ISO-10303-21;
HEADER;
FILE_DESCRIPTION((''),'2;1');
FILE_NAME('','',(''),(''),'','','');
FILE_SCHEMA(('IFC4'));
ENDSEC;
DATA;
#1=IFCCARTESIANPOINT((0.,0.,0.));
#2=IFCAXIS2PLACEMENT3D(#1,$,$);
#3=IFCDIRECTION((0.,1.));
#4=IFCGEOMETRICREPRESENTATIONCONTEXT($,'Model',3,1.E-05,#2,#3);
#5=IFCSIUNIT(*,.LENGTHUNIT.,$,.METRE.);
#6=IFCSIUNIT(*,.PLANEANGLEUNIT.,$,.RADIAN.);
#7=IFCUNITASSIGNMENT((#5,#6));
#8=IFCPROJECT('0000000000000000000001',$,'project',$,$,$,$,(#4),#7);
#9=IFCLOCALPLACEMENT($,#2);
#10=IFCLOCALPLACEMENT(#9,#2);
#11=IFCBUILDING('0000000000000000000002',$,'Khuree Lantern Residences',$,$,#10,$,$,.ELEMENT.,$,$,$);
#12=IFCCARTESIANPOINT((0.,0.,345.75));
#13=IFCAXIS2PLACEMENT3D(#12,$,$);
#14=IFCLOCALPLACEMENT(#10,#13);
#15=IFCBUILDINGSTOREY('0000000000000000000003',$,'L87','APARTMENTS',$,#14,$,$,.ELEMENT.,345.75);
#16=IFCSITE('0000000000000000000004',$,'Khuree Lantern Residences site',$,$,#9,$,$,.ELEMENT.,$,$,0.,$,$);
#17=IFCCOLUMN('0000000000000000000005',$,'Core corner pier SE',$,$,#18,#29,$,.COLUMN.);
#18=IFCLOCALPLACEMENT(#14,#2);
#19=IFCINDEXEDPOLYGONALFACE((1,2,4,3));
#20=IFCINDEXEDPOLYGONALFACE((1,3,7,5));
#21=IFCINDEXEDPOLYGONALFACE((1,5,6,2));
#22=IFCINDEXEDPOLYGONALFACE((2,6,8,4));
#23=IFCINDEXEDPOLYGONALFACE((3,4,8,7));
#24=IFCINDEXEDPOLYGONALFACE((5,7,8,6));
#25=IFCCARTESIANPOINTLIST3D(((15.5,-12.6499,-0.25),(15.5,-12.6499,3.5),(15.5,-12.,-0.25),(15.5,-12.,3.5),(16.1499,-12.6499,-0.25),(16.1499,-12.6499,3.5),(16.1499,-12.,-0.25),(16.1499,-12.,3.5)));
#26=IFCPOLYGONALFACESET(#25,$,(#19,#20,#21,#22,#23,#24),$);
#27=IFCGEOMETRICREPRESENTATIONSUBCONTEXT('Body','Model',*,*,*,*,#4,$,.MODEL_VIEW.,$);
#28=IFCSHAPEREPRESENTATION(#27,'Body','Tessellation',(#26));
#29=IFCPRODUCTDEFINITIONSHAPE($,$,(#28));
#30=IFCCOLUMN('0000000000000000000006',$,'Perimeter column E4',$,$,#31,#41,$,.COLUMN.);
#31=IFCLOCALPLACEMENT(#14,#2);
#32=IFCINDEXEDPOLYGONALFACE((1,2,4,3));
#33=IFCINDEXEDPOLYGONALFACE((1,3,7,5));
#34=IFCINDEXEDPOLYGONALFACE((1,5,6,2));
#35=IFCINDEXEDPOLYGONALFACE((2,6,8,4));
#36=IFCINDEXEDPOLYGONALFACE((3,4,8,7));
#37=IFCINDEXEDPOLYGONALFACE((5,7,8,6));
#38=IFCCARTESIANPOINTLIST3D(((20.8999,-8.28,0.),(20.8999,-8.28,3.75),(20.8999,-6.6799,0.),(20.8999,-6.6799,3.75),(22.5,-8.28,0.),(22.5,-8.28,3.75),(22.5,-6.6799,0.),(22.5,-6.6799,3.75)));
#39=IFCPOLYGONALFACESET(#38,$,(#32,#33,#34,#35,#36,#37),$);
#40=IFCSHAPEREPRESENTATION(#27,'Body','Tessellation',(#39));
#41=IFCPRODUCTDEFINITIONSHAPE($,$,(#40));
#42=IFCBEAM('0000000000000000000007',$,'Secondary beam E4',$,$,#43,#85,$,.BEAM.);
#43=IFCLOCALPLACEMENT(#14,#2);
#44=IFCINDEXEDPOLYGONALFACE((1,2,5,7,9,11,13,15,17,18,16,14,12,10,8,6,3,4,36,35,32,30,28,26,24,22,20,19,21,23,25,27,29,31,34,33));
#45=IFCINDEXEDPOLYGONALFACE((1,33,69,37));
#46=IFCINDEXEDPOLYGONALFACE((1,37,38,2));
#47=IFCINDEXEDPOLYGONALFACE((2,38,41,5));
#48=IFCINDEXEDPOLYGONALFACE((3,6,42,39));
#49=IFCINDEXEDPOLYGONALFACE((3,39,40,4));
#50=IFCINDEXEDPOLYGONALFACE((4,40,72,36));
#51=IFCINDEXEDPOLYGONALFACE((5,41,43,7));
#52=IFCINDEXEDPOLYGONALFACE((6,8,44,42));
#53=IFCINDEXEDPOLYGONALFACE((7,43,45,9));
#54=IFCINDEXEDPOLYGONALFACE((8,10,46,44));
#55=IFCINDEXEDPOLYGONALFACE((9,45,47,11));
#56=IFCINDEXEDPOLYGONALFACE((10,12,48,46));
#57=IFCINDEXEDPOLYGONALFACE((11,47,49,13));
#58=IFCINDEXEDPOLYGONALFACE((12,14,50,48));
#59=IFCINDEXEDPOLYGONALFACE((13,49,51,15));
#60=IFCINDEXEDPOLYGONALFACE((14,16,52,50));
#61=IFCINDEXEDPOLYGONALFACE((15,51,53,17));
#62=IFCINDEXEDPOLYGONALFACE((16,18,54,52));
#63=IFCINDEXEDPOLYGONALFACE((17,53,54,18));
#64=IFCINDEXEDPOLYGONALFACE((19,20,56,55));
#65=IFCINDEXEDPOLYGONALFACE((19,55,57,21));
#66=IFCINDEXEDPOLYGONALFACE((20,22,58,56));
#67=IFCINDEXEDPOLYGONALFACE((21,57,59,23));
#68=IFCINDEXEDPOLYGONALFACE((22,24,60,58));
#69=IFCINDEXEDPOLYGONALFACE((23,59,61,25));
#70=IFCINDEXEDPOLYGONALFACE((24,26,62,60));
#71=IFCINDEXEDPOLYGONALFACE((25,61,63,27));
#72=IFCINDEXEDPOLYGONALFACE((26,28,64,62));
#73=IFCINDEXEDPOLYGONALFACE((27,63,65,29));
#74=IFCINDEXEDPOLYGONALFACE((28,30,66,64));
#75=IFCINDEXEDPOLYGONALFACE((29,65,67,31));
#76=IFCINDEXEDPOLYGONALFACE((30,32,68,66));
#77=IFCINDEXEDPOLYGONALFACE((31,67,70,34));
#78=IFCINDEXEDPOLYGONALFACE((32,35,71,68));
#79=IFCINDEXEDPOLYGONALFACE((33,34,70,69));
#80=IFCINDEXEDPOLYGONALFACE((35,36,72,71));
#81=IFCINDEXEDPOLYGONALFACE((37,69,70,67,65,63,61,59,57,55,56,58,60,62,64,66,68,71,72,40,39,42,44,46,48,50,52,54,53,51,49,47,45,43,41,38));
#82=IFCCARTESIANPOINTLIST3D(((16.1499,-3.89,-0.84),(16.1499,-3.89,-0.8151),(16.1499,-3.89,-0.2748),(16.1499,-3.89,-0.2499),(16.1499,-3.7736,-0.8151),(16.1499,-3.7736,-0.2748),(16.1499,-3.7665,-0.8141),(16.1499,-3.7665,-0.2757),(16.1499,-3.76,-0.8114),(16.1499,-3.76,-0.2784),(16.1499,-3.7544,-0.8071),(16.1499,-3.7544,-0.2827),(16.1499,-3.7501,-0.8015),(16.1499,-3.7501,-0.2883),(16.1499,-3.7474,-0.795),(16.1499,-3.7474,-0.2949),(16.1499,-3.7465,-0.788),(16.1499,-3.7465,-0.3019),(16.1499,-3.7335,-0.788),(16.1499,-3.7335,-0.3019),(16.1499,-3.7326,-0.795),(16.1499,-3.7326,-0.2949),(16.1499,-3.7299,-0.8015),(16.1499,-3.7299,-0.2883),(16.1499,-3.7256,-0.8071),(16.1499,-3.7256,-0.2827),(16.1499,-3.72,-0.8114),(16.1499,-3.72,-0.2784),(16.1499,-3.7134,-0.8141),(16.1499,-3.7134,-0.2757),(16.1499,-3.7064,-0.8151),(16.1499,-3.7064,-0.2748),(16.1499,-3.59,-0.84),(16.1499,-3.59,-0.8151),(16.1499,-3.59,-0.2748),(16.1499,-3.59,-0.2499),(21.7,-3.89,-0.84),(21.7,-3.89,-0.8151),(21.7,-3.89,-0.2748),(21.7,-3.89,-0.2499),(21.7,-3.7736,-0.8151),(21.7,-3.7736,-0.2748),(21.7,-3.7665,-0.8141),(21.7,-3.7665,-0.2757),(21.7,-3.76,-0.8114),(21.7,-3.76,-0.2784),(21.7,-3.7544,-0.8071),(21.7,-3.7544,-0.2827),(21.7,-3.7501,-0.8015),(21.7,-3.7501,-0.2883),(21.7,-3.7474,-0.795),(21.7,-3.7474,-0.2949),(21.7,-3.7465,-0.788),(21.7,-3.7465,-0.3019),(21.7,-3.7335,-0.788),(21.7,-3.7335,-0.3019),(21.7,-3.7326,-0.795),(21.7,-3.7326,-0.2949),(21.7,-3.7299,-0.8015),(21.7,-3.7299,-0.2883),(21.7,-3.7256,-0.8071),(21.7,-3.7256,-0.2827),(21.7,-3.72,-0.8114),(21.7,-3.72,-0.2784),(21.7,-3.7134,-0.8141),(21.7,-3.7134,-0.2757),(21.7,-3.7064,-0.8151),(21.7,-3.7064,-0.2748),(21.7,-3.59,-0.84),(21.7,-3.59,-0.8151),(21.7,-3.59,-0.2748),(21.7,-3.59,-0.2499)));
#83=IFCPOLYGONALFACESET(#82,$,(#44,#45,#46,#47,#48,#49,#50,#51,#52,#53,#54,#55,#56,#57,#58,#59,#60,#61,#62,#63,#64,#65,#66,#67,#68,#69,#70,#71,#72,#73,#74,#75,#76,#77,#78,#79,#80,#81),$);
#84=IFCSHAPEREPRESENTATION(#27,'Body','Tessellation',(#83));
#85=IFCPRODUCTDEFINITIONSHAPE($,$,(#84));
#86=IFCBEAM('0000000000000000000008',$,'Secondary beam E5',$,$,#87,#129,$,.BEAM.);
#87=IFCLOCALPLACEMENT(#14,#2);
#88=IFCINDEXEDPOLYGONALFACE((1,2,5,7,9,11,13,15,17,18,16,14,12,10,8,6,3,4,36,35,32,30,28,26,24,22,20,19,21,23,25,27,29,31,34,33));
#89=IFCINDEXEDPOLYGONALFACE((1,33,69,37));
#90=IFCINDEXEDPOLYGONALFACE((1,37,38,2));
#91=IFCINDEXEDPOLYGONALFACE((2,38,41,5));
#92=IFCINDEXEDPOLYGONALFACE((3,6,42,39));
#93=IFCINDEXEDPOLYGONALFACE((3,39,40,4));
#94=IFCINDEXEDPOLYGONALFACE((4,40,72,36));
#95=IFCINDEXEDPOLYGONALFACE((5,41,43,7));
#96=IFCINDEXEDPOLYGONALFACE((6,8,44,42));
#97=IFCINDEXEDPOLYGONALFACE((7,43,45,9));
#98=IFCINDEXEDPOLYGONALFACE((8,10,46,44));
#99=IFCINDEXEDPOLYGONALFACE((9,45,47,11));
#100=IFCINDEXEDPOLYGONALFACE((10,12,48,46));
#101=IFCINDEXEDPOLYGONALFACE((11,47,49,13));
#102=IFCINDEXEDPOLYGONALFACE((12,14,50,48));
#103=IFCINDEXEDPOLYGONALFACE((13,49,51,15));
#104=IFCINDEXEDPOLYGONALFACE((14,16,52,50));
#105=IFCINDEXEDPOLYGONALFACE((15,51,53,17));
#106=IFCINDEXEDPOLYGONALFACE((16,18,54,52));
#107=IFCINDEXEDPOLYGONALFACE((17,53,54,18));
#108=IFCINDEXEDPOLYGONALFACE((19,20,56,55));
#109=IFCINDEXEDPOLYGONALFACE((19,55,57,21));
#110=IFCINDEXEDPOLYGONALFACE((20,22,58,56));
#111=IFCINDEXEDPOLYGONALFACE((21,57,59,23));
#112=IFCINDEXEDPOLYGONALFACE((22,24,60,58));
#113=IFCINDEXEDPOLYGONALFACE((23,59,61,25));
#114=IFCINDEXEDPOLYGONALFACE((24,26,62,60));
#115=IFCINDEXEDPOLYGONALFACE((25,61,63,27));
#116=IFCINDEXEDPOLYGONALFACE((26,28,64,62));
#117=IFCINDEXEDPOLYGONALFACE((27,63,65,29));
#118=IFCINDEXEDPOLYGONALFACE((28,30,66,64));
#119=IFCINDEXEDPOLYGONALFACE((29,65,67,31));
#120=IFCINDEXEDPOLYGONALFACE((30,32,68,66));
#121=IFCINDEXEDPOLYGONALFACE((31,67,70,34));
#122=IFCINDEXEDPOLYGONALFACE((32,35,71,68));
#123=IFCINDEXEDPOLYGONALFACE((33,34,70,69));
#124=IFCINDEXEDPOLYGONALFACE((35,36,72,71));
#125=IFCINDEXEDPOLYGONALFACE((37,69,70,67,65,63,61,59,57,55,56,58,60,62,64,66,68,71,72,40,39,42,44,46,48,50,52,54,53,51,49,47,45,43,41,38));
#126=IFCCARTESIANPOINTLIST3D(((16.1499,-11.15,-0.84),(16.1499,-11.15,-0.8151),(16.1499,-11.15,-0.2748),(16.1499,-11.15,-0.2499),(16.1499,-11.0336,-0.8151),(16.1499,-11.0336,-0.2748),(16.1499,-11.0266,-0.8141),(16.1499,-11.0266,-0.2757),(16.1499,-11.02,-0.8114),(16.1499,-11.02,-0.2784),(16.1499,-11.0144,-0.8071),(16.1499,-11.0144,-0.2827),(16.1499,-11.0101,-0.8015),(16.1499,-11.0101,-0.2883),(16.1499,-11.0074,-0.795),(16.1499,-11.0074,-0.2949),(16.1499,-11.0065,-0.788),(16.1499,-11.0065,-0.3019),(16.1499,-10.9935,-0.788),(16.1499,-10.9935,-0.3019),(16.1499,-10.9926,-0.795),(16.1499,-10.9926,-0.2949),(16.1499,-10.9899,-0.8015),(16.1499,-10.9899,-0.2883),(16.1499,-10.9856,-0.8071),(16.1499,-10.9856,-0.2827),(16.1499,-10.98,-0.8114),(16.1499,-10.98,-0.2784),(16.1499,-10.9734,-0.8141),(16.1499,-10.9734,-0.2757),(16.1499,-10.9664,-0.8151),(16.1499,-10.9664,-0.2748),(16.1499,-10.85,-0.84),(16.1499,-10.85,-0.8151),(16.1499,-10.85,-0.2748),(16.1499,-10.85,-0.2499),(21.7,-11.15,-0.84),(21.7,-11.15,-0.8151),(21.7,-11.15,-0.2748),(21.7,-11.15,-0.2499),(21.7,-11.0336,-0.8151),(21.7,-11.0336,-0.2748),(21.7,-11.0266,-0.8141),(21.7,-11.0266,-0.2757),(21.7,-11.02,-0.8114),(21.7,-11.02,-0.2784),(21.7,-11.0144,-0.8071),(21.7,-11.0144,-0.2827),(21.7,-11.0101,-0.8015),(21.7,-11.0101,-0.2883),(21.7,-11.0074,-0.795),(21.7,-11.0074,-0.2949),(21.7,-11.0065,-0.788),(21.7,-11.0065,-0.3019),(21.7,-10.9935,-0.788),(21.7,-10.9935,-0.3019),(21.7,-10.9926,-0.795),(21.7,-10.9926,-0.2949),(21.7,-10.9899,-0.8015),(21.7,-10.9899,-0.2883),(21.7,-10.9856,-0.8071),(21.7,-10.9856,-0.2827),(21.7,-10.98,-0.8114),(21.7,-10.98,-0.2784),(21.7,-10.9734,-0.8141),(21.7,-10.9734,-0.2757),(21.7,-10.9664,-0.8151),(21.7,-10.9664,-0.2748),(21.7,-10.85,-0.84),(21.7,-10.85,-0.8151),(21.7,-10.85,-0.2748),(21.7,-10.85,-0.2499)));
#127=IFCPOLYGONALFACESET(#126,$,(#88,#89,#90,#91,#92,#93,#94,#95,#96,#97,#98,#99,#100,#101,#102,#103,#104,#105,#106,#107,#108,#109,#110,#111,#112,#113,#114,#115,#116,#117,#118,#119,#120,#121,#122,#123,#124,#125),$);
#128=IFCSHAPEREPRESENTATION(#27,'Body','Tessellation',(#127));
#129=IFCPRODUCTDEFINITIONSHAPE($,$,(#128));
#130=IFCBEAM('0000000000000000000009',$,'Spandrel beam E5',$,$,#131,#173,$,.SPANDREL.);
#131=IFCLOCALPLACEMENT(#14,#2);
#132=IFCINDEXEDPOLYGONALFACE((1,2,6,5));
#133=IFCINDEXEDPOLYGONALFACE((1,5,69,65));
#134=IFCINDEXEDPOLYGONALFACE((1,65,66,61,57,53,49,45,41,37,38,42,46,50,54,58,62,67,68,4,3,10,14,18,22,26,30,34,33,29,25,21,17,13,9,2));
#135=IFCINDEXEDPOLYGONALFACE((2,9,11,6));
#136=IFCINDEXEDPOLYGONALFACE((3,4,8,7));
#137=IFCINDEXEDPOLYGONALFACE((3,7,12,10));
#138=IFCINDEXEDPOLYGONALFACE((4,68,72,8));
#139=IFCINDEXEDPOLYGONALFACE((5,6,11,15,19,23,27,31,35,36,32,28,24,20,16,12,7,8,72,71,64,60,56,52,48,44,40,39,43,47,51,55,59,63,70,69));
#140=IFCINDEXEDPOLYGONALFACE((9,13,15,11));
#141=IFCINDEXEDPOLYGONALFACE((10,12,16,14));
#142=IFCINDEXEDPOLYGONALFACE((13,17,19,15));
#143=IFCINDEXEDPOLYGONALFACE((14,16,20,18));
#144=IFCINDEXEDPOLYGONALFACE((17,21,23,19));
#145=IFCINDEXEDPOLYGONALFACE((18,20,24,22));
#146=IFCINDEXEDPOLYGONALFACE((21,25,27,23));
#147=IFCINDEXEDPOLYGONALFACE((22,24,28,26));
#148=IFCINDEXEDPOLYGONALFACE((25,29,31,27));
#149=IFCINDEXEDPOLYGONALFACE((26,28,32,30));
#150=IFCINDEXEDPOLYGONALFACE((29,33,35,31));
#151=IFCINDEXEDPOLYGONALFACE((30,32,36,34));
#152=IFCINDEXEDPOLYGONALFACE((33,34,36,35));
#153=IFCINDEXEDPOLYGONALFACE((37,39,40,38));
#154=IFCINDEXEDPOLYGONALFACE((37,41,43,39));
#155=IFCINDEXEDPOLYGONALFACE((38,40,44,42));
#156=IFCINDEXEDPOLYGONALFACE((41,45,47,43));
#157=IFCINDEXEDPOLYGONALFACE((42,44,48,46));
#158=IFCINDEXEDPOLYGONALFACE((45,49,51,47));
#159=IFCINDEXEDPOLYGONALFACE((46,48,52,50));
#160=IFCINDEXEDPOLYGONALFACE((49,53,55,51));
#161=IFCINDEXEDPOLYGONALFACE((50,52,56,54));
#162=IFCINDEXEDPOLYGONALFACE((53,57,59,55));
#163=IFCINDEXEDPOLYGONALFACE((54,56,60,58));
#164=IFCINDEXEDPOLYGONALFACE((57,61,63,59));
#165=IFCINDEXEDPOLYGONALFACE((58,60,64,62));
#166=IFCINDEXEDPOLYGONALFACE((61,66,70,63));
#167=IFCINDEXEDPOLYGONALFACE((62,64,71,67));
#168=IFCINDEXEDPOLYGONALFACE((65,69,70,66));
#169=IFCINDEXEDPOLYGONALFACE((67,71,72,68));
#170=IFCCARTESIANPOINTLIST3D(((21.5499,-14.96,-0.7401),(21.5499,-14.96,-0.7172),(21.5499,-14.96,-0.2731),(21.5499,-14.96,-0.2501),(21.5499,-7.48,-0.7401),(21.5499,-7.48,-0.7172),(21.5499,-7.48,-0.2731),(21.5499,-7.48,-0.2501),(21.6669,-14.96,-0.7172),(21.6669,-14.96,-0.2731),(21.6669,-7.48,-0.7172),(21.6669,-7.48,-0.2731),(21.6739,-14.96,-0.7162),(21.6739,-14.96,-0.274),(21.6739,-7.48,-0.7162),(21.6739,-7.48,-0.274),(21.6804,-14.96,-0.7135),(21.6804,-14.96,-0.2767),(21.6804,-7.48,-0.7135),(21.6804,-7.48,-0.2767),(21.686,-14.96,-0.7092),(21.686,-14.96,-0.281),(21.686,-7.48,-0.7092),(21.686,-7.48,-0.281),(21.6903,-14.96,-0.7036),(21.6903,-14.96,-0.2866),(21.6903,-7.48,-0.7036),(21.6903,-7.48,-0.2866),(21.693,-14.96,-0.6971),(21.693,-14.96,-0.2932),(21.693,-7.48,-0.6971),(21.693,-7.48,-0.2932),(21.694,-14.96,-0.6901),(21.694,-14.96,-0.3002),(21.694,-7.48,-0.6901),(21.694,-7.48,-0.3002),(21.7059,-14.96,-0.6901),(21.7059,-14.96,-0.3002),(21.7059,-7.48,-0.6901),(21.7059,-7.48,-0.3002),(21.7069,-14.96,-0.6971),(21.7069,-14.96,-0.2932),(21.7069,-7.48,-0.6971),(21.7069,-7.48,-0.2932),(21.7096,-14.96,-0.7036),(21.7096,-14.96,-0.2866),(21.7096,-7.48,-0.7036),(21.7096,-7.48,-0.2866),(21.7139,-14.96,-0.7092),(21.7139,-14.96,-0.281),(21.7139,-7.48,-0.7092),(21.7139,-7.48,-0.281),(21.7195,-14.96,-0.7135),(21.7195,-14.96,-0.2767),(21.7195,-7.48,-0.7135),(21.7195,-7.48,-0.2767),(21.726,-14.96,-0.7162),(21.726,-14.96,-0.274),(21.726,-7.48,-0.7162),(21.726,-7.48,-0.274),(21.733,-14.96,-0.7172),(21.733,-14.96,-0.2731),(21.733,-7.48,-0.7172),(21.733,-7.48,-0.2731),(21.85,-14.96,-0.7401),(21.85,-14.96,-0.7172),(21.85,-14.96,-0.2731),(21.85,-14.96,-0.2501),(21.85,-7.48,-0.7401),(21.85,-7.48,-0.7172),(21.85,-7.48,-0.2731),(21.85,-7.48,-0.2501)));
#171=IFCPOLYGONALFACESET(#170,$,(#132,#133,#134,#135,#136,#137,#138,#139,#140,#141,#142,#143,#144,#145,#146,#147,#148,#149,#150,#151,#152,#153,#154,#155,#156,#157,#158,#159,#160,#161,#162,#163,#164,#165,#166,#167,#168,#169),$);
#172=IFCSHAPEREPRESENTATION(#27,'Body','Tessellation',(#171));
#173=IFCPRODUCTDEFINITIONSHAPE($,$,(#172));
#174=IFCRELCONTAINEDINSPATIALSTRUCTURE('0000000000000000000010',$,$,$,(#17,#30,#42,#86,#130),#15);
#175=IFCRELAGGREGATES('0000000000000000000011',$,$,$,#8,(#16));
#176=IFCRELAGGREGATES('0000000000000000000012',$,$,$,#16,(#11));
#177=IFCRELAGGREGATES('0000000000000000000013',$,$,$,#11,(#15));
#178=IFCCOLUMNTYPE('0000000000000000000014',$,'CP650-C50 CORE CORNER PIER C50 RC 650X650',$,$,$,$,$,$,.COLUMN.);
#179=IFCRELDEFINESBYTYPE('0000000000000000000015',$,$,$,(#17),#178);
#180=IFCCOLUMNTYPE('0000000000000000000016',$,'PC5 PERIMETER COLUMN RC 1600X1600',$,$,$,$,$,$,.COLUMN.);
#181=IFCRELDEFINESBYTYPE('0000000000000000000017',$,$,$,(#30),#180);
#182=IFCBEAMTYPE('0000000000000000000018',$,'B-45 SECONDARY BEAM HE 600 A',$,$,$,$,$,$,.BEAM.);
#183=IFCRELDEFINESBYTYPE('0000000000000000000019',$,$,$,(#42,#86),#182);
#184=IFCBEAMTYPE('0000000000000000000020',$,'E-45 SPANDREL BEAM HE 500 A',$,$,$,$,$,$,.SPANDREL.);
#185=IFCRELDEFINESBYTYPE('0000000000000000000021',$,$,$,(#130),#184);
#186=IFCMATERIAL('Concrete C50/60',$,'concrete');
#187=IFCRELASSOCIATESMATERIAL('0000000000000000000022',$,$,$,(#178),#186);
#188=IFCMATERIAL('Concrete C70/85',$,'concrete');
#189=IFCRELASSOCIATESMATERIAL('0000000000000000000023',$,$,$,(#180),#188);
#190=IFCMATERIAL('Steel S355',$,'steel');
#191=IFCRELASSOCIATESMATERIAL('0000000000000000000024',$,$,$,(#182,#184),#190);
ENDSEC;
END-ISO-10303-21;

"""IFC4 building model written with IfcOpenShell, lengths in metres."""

from ifc_helpers import new_model, si_unit, direction, frame, origin, origin_2d, place, context, subcontext, project, spatial, rectangle, i_section, extrude, material, material_profile, profile_set, type_object, element, save


model = new_model("IFC4")

# Units and contexts
model_context = context("Model", 3, precision=1e-05, world=origin(), true_north=direction((0.0, 1.0)))
body_context = subcontext(model_context, "Body", "Model", "MODEL_VIEW")
ifc_project = project(units=[si_unit("LENGTHUNIT", "METRE"), si_unit("PLANEANGLEUNIT", "RADIAN")], contexts=[model_context])

# Site, building, storey
site_placement = place(None, origin())
site = spatial("IfcSite", under=ifc_project, at=site_placement, Name="Khuree Lantern Residences site", CompositionType="ELEMENT", RefElevation=0.0)
building_placement = place(site_placement, origin())
building = spatial("IfcBuilding", under=site, at=building_placement, Name="Khuree Lantern Residences", CompositionType="ELEMENT")
storey_placement = place(building_placement, frame((0.0, 0.0, 345.75)))
storey = spatial("IfcBuildingStorey", under=building, at=storey_placement, Name="L87", Description="APARTMENTS", CompositionType="ELEMENT", Elevation=345.75)

# Columns
ifc_material_1 = material(Name="Concrete C50/60", Category="concrete")
ifc_material_profile_1 = material_profile(ifc_material_1, rectangle(XDim=0.6499, YDim=0.6499, at=origin_2d()), Name="RC 650X650")
ifc_profile_set_1 = profile_set([ifc_material_profile_1], Name="Concrete C50/60")
column_type_1 = type_object("IfcColumnType", Name="CP650-C50 CORE CORNER PIER C50 RC 650X650", PredefinedType="COLUMN", material=ifc_profile_set_1)
column_1_placement = place(storey_placement, frame((15.825, -12.325, -0.25), z_axis=(0.0, 0.0, 1.0), x_axis=(1.0, 0.0, 0.0)))
element("IfcColumn", 1, at=column_1_placement, inside=storey, type_object=column_type_1, Name="Core corner pier SE", PredefinedType="COLUMN", context=body_context, shape_type="SweptSolid", body=[
    extrude(rectangle(XDim=0.6499, YDim=0.6499, at=origin_2d()), origin(), (0.0, 0.0, 1.0), 3.75),
])
ifc_material_2 = material(Name="Concrete C70/85", Category="concrete")
ifc_material_profile_2 = material_profile(ifc_material_2, rectangle(XDim=1.6001, YDim=1.6001, at=origin_2d()), Name="RC 1600X1600")
ifc_profile_set_2 = profile_set([ifc_material_profile_2], Name="Concrete C70/85")
column_type_2 = type_object("IfcColumnType", Name="PC5 PERIMETER COLUMN RC 1600X1600", PredefinedType="COLUMN", material=ifc_profile_set_2)
column_2_placement = place(storey_placement, frame((21.7, -7.48, 0.0), z_axis=(0.0, 0.0, 1.0), x_axis=(0.0, 1.0, 0.0)))
element("IfcColumn", 2, at=column_2_placement, inside=storey, type_object=column_type_2, Name="Perimeter column E4", PredefinedType="COLUMN", context=body_context, shape_type="SweptSolid", body=[
    extrude(rectangle(XDim=1.6001, YDim=1.6001, at=origin_2d()), origin(), (0.0, 0.0, 1.0), 3.75),
])

# Beams
ifc_material_3 = material(Name="Steel S355", Category="steel")
ifc_material_profile_3 = material_profile(ifc_material_3, i_section(OverallWidth=0.3, OverallDepth=0.5901, WebThickness=0.0129, FlangeThickness=0.0249, FilletRadius=0.0271, at=origin_2d()), Name="HE 600 A")
ifc_profile_set_3 = profile_set([ifc_material_profile_3], Name="Steel S355")
beam_type_1 = type_object("IfcBeamType", Name="B-45 SECONDARY BEAM HE 600 A", PredefinedType="BEAM", material=ifc_profile_set_3)
for number, where, z_axis, x_axis, name in (
    (3, (21.7, -3.74, -0.5449), (-1.0, 0.0, 0.0), (0.0, -1.0, 0.0), "Secondary beam E4"),
    (4, (21.7, -11.0, -0.5449), (-1.0, 0.0, 0.0), (0.0, -1.0, 0.0), "Secondary beam E5"),
):
    element("IfcBeam", number, at=place(storey_placement, frame(where, z_axis=z_axis, x_axis=x_axis)), inside=storey, type_object=beam_type_1, Name=name, PredefinedType="BEAM", context=body_context, shape_type="SweptSolid", body=[
        extrude(i_section(OverallWidth=0.3, OverallDepth=0.5901, WebThickness=0.0129, FlangeThickness=0.0249, FilletRadius=0.0271, at=origin_2d()), origin(), (0.0, 0.0, 1.0), 5.55),
    ])
ifc_material_profile_4 = material_profile(ifc_material_3, i_section(OverallWidth=0.3, OverallDepth=0.49, WebThickness=0.012, FlangeThickness=0.0229, FilletRadius=0.0271, at=origin_2d()), Name="HE 500 A")
ifc_profile_set_4 = profile_set([ifc_material_profile_4], Name="Steel S355")
beam_type_2 = type_object("IfcBeamType", Name="E-45 SPANDREL BEAM HE 500 A", PredefinedType="SPANDREL", material=ifc_profile_set_4)
beam_1_placement = place(storey_placement, frame((21.7, -7.48, -0.4951), z_axis=(0.0, -1.0, 0.0), x_axis=(1.0, 0.0, 0.0)))
element("IfcBeam", 5, at=beam_1_placement, inside=storey, type_object=beam_type_2, Name="Spandrel beam E5", PredefinedType="SPANDREL", context=body_context, shape_type="SweptSolid", body=[
    extrude(i_section(OverallWidth=0.3, OverallDepth=0.49, WebThickness=0.012, FlangeThickness=0.0229, FilletRadius=0.0271, at=origin_2d()), origin(), (0.0, 0.0, 1.0), 7.48),
])

save(model, "model.ifc")
